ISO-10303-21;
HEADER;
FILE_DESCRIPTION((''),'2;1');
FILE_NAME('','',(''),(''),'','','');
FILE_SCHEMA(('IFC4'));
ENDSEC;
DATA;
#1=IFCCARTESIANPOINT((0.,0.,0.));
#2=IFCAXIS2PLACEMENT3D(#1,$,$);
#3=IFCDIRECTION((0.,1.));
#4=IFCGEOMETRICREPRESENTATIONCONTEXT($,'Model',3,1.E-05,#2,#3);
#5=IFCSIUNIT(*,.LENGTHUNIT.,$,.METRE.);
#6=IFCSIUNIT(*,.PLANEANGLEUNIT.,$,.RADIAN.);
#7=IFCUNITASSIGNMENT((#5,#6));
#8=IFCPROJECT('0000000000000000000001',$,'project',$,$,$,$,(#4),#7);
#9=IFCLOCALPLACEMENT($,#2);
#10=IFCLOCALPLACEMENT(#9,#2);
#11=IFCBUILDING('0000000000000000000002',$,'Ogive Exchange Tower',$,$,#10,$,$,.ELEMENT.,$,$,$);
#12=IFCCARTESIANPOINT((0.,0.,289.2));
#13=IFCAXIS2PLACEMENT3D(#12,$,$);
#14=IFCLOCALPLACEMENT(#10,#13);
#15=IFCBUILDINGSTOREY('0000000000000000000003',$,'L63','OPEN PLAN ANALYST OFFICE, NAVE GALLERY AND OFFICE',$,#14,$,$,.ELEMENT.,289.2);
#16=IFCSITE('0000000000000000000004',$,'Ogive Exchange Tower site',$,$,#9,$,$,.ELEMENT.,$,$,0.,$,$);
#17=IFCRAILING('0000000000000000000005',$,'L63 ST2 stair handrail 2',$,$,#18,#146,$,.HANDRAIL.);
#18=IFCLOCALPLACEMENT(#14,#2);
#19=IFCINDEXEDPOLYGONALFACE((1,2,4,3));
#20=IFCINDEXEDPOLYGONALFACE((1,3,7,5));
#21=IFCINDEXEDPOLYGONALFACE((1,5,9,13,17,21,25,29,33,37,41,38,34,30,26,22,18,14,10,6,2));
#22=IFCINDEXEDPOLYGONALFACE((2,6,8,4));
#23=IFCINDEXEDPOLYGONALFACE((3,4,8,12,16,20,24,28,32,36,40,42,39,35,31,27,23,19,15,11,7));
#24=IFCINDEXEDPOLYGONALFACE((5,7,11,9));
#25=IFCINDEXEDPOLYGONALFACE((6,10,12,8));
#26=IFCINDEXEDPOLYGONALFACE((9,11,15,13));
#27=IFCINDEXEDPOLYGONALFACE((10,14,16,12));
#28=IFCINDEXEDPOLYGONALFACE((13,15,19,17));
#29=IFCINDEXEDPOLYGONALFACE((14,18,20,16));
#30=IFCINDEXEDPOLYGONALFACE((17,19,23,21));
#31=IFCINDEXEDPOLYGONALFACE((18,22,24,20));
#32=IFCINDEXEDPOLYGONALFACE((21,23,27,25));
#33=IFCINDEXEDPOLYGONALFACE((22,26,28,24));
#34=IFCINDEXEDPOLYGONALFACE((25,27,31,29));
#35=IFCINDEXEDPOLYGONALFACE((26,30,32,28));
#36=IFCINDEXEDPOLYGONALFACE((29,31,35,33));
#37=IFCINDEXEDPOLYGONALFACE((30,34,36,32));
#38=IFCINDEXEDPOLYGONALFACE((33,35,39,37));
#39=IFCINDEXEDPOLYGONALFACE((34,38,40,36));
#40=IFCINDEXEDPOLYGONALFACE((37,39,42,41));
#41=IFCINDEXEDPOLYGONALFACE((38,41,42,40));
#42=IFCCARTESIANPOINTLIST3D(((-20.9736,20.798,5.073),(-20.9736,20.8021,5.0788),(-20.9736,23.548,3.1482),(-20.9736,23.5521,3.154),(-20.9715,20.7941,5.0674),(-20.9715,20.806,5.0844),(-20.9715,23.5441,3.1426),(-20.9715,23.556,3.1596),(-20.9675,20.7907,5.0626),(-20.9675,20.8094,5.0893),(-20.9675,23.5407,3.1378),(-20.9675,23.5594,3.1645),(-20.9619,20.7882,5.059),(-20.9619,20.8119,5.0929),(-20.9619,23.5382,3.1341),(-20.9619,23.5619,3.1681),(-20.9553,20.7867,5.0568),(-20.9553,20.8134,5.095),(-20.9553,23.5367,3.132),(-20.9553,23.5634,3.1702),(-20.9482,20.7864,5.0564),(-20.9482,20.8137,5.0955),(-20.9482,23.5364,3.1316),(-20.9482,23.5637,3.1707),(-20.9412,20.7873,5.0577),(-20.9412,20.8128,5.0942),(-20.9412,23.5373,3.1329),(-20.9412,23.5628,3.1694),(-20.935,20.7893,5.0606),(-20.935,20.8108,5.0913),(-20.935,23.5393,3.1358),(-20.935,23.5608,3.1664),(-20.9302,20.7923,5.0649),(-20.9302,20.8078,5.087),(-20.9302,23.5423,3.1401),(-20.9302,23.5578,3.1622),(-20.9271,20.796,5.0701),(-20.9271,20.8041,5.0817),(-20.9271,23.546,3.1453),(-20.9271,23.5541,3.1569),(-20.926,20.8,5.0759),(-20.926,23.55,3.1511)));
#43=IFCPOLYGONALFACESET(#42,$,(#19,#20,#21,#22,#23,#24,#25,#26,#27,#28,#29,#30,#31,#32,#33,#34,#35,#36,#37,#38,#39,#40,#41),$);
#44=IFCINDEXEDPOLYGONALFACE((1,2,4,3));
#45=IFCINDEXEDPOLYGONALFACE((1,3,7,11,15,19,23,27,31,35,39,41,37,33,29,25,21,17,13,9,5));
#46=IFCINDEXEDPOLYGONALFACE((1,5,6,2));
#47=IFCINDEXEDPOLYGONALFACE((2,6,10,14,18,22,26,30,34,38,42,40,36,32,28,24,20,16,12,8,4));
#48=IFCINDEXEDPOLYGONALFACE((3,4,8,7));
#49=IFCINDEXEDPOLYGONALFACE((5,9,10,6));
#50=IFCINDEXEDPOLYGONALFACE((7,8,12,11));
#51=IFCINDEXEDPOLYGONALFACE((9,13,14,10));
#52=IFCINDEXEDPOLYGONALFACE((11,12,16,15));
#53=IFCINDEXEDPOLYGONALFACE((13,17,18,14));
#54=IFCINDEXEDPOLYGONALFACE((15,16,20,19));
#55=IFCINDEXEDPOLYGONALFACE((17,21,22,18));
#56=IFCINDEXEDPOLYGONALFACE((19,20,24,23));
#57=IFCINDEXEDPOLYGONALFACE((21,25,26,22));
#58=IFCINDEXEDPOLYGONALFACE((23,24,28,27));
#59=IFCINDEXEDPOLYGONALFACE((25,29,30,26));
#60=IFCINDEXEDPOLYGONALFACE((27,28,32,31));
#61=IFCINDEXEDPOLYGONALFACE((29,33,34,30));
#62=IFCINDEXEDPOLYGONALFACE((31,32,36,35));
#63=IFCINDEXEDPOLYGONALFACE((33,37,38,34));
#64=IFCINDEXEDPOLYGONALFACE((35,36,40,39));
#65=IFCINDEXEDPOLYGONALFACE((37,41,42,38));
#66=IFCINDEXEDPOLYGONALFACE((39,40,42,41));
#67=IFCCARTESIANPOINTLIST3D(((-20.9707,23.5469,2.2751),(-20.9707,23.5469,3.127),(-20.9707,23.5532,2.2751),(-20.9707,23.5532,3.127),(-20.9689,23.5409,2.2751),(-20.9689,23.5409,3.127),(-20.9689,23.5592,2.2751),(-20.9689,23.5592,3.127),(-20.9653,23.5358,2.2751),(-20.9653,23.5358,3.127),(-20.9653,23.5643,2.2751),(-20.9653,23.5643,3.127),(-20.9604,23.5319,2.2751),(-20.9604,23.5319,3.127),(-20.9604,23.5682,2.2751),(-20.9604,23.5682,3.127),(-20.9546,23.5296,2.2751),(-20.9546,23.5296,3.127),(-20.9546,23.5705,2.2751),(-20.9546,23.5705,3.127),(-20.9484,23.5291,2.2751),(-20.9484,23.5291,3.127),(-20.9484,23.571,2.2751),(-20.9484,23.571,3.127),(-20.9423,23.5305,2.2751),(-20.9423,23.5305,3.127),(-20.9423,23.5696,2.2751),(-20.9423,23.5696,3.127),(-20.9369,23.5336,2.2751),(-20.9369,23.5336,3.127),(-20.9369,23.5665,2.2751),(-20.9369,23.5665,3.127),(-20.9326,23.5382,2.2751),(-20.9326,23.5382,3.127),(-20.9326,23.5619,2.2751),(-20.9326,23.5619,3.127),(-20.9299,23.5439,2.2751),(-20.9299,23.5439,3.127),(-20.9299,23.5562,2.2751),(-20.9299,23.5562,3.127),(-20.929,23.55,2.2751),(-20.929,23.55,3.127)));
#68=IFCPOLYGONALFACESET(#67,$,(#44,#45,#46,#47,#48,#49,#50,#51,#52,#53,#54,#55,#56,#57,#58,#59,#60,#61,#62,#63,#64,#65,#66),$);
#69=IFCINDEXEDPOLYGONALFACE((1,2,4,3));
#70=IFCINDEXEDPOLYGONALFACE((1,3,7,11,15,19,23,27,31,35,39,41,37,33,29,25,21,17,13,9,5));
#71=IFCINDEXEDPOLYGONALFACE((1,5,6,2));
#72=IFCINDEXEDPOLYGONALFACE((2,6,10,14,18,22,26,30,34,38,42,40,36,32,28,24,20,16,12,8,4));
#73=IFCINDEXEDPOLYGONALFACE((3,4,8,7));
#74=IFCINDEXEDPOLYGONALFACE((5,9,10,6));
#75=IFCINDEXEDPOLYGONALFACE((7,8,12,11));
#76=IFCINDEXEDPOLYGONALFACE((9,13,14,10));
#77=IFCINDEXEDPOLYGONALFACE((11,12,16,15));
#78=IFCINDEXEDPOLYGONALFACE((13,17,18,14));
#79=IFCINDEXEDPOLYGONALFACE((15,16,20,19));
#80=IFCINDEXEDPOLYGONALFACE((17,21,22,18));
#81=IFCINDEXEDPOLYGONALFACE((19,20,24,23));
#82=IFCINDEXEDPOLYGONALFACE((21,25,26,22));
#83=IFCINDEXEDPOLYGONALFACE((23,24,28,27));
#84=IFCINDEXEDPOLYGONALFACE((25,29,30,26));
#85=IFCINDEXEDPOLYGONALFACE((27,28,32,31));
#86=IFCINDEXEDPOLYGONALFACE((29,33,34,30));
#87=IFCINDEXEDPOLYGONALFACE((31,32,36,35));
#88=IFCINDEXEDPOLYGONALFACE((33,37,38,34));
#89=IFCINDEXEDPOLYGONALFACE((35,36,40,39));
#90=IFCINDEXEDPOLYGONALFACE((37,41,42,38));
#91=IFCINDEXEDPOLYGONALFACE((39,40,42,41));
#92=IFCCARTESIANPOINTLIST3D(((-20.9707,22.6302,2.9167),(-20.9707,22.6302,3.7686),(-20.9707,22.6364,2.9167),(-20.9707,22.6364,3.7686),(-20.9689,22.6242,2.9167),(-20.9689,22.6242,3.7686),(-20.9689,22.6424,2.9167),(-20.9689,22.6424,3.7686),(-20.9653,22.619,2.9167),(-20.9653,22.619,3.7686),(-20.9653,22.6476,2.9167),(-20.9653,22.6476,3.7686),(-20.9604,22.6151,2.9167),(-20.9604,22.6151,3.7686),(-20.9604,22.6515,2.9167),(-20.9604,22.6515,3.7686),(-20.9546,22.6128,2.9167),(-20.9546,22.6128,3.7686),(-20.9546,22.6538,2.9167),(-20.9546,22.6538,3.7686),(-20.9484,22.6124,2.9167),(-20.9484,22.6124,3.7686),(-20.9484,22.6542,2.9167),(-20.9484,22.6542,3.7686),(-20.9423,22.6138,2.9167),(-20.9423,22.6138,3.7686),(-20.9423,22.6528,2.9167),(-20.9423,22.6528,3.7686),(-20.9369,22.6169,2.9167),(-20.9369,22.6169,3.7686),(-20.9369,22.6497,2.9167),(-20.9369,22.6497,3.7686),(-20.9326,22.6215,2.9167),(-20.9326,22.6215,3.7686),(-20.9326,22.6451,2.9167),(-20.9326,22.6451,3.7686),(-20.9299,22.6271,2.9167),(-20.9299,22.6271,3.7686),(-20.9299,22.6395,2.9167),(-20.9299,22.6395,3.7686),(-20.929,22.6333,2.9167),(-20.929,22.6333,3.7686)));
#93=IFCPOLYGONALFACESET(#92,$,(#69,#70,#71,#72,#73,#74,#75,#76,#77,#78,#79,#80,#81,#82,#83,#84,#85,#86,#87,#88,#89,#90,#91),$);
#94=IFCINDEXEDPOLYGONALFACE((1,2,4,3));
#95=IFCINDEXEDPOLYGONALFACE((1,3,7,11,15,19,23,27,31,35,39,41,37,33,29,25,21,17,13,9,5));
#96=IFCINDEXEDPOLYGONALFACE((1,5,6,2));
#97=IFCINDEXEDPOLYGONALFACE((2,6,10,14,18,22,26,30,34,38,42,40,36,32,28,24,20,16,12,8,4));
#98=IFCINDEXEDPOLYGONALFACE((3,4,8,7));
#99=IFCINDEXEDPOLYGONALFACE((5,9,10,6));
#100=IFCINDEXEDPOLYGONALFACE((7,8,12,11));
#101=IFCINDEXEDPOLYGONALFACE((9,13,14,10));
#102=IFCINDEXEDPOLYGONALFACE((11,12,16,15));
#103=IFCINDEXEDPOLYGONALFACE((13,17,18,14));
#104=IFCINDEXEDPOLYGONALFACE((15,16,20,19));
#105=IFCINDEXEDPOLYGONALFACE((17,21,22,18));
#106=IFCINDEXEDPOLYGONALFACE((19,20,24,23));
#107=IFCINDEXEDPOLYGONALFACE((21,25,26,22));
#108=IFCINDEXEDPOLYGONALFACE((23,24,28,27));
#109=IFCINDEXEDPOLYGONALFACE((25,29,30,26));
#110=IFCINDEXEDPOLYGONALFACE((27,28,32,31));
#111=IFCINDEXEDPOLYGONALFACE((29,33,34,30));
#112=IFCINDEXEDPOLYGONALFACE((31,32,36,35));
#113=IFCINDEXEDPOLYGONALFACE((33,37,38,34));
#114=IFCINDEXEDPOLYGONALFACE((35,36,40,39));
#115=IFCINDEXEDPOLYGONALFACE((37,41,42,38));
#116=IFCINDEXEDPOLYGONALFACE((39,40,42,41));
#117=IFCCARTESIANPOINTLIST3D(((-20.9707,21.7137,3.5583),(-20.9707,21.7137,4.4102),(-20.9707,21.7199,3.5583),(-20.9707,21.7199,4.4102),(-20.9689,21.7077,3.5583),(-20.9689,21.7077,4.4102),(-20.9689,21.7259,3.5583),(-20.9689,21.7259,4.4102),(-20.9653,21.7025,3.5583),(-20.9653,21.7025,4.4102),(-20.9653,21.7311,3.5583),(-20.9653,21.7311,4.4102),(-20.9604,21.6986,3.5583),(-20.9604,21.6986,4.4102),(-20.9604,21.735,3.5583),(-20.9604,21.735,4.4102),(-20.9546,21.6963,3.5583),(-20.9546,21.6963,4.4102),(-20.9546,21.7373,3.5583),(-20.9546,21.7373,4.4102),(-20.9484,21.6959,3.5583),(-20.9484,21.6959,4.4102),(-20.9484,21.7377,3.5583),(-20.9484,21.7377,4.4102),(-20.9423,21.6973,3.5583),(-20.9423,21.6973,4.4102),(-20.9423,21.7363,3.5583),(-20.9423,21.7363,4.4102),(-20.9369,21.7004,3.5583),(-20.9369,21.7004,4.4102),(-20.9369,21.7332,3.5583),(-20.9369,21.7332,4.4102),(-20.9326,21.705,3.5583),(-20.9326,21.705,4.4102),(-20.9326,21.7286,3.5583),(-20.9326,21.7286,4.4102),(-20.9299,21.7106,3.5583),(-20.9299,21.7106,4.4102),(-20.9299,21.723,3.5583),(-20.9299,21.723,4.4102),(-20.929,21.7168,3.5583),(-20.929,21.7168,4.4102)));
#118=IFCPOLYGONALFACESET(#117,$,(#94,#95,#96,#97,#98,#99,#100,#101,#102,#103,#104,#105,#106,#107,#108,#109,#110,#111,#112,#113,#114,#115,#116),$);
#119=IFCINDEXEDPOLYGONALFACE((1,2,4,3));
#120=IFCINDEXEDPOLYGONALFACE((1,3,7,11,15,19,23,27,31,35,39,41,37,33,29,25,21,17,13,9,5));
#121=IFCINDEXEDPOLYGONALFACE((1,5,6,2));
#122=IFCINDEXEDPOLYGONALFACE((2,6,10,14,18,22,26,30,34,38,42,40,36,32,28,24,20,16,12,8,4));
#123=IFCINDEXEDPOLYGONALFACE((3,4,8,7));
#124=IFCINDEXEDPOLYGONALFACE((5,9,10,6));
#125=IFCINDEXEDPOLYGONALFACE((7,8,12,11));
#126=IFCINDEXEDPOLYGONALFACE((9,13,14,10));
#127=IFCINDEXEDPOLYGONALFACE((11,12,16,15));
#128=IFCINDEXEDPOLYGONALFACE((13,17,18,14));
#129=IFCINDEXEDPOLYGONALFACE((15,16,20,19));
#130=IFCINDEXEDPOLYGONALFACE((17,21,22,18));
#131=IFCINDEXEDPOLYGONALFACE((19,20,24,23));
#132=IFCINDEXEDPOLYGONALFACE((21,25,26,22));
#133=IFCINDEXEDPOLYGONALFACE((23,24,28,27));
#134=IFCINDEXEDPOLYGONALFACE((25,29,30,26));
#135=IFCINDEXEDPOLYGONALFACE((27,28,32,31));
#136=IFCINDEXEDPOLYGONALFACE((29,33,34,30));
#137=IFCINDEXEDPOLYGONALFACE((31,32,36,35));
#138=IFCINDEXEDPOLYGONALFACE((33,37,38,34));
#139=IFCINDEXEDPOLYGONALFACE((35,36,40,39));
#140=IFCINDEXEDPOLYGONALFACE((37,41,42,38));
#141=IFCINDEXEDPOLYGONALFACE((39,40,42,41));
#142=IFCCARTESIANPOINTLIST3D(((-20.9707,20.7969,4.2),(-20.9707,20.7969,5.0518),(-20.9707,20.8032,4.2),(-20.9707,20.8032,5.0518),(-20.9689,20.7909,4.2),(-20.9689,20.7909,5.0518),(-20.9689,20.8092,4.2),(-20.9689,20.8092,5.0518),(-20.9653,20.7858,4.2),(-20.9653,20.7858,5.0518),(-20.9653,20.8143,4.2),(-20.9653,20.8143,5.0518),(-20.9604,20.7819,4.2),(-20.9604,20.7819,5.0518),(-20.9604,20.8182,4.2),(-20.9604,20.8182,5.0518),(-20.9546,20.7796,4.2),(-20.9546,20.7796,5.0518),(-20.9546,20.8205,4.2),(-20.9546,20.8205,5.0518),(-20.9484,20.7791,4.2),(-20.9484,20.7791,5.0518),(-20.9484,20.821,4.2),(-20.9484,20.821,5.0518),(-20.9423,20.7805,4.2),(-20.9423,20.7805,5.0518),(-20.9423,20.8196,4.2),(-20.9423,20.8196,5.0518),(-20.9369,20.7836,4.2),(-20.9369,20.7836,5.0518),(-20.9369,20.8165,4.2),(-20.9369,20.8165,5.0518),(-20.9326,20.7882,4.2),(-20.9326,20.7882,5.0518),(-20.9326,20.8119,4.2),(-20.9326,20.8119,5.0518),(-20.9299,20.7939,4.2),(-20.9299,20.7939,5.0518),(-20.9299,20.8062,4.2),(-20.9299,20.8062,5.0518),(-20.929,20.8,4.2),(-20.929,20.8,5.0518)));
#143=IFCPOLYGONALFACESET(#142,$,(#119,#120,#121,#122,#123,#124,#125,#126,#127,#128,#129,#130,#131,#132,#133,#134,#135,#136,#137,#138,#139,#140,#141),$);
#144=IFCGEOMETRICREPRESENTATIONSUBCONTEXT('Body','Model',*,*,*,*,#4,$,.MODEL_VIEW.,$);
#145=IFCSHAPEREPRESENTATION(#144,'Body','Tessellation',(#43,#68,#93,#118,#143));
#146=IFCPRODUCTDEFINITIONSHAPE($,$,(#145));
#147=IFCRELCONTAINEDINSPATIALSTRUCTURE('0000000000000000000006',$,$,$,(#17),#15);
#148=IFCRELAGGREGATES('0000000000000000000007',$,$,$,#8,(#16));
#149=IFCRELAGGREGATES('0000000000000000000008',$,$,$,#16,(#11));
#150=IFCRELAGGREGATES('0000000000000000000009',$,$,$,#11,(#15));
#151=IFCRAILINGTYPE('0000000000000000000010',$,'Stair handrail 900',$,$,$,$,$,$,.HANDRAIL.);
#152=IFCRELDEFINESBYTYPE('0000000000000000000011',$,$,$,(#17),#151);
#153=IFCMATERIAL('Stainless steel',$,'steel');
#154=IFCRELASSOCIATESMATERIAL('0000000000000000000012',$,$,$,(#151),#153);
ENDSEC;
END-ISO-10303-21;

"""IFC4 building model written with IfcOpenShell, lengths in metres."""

from ifc_helpers import new_model, si_unit, direction, frame, origin, origin_2d, place, context, subcontext, project, spatial, circle, extrude, material, type_object, element, save


model = new_model("IFC4")

# Units and contexts
model_context = context("Model", 3, precision=1e-05, world=origin(), true_north=direction((0.0, 1.0)))
body_context = subcontext(model_context, "Body", "Model", "MODEL_VIEW")
ifc_project = project(units=[si_unit("LENGTHUNIT", "METRE"), si_unit("PLANEANGLEUNIT", "RADIAN")], contexts=[model_context])

# Site, building, storey
site_placement = place(None, origin())
site = spatial("IfcSite", under=ifc_project, at=site_placement, Name="Ogive Exchange Tower site", CompositionType="ELEMENT", RefElevation=0.0)
building_placement = place(site_placement, origin())
building = spatial("IfcBuilding", under=site, at=building_placement, Name="Ogive Exchange Tower", CompositionType="ELEMENT")
storey_placement = place(building_placement, frame((0.0, 0.0, 289.2)))
storey = spatial("IfcBuildingStorey", under=building, at=storey_placement, Name="L63", Description="OPEN PLAN ANALYST OFFICE, NAVE GALLERY AND OFFICE", CompositionType="ELEMENT", Elevation=289.2)

# Railing
ifc_material_1 = material(Name="Stainless steel", Category="steel")
railing_type = type_object("IfcRailingType", Name="Stair handrail 900", PredefinedType="HANDRAIL", material=ifc_material_1)
railing_1_placement = place(storey_placement, frame((-20.95, 23.55, 2.2751)))
element("IfcRailing", 1, at=railing_1_placement, inside=storey, type_object=railing_type, Name="L63 ST2 stair handrail 2", PredefinedType="HANDRAIL", context=body_context, shape_type="SweptSolid", body=[
    extrude(circle(Radius=0.0239, at=origin_2d()), frame((0.0, 0.0, 0.876), z_axis=(0.0, -0.819259, 0.573423), x_axis=(1.0, 0.0, 0.0)), (0.0, 0.0, 1.0), 3.3567),
    extrude(circle(Radius=0.021, at=origin_2d()), origin(), (0.0, 0.0, 1.0), 0.8518),
    extrude(circle(Radius=0.021, at=origin_2d()), frame((0.0, -0.9167, 0.6416)), (0.0, 0.0, 1.0), 0.8518),
    extrude(circle(Radius=0.021, at=origin_2d()), frame((0.0, -1.8333, 1.2832)), (0.0, 0.0, 1.0), 0.8518),
    extrude(circle(Radius=0.021, at=origin_2d()), frame((0.0, -2.75, 1.9248)), (0.0, 0.0, 1.0), 0.8518),
])

save(model, "model.ifc")
